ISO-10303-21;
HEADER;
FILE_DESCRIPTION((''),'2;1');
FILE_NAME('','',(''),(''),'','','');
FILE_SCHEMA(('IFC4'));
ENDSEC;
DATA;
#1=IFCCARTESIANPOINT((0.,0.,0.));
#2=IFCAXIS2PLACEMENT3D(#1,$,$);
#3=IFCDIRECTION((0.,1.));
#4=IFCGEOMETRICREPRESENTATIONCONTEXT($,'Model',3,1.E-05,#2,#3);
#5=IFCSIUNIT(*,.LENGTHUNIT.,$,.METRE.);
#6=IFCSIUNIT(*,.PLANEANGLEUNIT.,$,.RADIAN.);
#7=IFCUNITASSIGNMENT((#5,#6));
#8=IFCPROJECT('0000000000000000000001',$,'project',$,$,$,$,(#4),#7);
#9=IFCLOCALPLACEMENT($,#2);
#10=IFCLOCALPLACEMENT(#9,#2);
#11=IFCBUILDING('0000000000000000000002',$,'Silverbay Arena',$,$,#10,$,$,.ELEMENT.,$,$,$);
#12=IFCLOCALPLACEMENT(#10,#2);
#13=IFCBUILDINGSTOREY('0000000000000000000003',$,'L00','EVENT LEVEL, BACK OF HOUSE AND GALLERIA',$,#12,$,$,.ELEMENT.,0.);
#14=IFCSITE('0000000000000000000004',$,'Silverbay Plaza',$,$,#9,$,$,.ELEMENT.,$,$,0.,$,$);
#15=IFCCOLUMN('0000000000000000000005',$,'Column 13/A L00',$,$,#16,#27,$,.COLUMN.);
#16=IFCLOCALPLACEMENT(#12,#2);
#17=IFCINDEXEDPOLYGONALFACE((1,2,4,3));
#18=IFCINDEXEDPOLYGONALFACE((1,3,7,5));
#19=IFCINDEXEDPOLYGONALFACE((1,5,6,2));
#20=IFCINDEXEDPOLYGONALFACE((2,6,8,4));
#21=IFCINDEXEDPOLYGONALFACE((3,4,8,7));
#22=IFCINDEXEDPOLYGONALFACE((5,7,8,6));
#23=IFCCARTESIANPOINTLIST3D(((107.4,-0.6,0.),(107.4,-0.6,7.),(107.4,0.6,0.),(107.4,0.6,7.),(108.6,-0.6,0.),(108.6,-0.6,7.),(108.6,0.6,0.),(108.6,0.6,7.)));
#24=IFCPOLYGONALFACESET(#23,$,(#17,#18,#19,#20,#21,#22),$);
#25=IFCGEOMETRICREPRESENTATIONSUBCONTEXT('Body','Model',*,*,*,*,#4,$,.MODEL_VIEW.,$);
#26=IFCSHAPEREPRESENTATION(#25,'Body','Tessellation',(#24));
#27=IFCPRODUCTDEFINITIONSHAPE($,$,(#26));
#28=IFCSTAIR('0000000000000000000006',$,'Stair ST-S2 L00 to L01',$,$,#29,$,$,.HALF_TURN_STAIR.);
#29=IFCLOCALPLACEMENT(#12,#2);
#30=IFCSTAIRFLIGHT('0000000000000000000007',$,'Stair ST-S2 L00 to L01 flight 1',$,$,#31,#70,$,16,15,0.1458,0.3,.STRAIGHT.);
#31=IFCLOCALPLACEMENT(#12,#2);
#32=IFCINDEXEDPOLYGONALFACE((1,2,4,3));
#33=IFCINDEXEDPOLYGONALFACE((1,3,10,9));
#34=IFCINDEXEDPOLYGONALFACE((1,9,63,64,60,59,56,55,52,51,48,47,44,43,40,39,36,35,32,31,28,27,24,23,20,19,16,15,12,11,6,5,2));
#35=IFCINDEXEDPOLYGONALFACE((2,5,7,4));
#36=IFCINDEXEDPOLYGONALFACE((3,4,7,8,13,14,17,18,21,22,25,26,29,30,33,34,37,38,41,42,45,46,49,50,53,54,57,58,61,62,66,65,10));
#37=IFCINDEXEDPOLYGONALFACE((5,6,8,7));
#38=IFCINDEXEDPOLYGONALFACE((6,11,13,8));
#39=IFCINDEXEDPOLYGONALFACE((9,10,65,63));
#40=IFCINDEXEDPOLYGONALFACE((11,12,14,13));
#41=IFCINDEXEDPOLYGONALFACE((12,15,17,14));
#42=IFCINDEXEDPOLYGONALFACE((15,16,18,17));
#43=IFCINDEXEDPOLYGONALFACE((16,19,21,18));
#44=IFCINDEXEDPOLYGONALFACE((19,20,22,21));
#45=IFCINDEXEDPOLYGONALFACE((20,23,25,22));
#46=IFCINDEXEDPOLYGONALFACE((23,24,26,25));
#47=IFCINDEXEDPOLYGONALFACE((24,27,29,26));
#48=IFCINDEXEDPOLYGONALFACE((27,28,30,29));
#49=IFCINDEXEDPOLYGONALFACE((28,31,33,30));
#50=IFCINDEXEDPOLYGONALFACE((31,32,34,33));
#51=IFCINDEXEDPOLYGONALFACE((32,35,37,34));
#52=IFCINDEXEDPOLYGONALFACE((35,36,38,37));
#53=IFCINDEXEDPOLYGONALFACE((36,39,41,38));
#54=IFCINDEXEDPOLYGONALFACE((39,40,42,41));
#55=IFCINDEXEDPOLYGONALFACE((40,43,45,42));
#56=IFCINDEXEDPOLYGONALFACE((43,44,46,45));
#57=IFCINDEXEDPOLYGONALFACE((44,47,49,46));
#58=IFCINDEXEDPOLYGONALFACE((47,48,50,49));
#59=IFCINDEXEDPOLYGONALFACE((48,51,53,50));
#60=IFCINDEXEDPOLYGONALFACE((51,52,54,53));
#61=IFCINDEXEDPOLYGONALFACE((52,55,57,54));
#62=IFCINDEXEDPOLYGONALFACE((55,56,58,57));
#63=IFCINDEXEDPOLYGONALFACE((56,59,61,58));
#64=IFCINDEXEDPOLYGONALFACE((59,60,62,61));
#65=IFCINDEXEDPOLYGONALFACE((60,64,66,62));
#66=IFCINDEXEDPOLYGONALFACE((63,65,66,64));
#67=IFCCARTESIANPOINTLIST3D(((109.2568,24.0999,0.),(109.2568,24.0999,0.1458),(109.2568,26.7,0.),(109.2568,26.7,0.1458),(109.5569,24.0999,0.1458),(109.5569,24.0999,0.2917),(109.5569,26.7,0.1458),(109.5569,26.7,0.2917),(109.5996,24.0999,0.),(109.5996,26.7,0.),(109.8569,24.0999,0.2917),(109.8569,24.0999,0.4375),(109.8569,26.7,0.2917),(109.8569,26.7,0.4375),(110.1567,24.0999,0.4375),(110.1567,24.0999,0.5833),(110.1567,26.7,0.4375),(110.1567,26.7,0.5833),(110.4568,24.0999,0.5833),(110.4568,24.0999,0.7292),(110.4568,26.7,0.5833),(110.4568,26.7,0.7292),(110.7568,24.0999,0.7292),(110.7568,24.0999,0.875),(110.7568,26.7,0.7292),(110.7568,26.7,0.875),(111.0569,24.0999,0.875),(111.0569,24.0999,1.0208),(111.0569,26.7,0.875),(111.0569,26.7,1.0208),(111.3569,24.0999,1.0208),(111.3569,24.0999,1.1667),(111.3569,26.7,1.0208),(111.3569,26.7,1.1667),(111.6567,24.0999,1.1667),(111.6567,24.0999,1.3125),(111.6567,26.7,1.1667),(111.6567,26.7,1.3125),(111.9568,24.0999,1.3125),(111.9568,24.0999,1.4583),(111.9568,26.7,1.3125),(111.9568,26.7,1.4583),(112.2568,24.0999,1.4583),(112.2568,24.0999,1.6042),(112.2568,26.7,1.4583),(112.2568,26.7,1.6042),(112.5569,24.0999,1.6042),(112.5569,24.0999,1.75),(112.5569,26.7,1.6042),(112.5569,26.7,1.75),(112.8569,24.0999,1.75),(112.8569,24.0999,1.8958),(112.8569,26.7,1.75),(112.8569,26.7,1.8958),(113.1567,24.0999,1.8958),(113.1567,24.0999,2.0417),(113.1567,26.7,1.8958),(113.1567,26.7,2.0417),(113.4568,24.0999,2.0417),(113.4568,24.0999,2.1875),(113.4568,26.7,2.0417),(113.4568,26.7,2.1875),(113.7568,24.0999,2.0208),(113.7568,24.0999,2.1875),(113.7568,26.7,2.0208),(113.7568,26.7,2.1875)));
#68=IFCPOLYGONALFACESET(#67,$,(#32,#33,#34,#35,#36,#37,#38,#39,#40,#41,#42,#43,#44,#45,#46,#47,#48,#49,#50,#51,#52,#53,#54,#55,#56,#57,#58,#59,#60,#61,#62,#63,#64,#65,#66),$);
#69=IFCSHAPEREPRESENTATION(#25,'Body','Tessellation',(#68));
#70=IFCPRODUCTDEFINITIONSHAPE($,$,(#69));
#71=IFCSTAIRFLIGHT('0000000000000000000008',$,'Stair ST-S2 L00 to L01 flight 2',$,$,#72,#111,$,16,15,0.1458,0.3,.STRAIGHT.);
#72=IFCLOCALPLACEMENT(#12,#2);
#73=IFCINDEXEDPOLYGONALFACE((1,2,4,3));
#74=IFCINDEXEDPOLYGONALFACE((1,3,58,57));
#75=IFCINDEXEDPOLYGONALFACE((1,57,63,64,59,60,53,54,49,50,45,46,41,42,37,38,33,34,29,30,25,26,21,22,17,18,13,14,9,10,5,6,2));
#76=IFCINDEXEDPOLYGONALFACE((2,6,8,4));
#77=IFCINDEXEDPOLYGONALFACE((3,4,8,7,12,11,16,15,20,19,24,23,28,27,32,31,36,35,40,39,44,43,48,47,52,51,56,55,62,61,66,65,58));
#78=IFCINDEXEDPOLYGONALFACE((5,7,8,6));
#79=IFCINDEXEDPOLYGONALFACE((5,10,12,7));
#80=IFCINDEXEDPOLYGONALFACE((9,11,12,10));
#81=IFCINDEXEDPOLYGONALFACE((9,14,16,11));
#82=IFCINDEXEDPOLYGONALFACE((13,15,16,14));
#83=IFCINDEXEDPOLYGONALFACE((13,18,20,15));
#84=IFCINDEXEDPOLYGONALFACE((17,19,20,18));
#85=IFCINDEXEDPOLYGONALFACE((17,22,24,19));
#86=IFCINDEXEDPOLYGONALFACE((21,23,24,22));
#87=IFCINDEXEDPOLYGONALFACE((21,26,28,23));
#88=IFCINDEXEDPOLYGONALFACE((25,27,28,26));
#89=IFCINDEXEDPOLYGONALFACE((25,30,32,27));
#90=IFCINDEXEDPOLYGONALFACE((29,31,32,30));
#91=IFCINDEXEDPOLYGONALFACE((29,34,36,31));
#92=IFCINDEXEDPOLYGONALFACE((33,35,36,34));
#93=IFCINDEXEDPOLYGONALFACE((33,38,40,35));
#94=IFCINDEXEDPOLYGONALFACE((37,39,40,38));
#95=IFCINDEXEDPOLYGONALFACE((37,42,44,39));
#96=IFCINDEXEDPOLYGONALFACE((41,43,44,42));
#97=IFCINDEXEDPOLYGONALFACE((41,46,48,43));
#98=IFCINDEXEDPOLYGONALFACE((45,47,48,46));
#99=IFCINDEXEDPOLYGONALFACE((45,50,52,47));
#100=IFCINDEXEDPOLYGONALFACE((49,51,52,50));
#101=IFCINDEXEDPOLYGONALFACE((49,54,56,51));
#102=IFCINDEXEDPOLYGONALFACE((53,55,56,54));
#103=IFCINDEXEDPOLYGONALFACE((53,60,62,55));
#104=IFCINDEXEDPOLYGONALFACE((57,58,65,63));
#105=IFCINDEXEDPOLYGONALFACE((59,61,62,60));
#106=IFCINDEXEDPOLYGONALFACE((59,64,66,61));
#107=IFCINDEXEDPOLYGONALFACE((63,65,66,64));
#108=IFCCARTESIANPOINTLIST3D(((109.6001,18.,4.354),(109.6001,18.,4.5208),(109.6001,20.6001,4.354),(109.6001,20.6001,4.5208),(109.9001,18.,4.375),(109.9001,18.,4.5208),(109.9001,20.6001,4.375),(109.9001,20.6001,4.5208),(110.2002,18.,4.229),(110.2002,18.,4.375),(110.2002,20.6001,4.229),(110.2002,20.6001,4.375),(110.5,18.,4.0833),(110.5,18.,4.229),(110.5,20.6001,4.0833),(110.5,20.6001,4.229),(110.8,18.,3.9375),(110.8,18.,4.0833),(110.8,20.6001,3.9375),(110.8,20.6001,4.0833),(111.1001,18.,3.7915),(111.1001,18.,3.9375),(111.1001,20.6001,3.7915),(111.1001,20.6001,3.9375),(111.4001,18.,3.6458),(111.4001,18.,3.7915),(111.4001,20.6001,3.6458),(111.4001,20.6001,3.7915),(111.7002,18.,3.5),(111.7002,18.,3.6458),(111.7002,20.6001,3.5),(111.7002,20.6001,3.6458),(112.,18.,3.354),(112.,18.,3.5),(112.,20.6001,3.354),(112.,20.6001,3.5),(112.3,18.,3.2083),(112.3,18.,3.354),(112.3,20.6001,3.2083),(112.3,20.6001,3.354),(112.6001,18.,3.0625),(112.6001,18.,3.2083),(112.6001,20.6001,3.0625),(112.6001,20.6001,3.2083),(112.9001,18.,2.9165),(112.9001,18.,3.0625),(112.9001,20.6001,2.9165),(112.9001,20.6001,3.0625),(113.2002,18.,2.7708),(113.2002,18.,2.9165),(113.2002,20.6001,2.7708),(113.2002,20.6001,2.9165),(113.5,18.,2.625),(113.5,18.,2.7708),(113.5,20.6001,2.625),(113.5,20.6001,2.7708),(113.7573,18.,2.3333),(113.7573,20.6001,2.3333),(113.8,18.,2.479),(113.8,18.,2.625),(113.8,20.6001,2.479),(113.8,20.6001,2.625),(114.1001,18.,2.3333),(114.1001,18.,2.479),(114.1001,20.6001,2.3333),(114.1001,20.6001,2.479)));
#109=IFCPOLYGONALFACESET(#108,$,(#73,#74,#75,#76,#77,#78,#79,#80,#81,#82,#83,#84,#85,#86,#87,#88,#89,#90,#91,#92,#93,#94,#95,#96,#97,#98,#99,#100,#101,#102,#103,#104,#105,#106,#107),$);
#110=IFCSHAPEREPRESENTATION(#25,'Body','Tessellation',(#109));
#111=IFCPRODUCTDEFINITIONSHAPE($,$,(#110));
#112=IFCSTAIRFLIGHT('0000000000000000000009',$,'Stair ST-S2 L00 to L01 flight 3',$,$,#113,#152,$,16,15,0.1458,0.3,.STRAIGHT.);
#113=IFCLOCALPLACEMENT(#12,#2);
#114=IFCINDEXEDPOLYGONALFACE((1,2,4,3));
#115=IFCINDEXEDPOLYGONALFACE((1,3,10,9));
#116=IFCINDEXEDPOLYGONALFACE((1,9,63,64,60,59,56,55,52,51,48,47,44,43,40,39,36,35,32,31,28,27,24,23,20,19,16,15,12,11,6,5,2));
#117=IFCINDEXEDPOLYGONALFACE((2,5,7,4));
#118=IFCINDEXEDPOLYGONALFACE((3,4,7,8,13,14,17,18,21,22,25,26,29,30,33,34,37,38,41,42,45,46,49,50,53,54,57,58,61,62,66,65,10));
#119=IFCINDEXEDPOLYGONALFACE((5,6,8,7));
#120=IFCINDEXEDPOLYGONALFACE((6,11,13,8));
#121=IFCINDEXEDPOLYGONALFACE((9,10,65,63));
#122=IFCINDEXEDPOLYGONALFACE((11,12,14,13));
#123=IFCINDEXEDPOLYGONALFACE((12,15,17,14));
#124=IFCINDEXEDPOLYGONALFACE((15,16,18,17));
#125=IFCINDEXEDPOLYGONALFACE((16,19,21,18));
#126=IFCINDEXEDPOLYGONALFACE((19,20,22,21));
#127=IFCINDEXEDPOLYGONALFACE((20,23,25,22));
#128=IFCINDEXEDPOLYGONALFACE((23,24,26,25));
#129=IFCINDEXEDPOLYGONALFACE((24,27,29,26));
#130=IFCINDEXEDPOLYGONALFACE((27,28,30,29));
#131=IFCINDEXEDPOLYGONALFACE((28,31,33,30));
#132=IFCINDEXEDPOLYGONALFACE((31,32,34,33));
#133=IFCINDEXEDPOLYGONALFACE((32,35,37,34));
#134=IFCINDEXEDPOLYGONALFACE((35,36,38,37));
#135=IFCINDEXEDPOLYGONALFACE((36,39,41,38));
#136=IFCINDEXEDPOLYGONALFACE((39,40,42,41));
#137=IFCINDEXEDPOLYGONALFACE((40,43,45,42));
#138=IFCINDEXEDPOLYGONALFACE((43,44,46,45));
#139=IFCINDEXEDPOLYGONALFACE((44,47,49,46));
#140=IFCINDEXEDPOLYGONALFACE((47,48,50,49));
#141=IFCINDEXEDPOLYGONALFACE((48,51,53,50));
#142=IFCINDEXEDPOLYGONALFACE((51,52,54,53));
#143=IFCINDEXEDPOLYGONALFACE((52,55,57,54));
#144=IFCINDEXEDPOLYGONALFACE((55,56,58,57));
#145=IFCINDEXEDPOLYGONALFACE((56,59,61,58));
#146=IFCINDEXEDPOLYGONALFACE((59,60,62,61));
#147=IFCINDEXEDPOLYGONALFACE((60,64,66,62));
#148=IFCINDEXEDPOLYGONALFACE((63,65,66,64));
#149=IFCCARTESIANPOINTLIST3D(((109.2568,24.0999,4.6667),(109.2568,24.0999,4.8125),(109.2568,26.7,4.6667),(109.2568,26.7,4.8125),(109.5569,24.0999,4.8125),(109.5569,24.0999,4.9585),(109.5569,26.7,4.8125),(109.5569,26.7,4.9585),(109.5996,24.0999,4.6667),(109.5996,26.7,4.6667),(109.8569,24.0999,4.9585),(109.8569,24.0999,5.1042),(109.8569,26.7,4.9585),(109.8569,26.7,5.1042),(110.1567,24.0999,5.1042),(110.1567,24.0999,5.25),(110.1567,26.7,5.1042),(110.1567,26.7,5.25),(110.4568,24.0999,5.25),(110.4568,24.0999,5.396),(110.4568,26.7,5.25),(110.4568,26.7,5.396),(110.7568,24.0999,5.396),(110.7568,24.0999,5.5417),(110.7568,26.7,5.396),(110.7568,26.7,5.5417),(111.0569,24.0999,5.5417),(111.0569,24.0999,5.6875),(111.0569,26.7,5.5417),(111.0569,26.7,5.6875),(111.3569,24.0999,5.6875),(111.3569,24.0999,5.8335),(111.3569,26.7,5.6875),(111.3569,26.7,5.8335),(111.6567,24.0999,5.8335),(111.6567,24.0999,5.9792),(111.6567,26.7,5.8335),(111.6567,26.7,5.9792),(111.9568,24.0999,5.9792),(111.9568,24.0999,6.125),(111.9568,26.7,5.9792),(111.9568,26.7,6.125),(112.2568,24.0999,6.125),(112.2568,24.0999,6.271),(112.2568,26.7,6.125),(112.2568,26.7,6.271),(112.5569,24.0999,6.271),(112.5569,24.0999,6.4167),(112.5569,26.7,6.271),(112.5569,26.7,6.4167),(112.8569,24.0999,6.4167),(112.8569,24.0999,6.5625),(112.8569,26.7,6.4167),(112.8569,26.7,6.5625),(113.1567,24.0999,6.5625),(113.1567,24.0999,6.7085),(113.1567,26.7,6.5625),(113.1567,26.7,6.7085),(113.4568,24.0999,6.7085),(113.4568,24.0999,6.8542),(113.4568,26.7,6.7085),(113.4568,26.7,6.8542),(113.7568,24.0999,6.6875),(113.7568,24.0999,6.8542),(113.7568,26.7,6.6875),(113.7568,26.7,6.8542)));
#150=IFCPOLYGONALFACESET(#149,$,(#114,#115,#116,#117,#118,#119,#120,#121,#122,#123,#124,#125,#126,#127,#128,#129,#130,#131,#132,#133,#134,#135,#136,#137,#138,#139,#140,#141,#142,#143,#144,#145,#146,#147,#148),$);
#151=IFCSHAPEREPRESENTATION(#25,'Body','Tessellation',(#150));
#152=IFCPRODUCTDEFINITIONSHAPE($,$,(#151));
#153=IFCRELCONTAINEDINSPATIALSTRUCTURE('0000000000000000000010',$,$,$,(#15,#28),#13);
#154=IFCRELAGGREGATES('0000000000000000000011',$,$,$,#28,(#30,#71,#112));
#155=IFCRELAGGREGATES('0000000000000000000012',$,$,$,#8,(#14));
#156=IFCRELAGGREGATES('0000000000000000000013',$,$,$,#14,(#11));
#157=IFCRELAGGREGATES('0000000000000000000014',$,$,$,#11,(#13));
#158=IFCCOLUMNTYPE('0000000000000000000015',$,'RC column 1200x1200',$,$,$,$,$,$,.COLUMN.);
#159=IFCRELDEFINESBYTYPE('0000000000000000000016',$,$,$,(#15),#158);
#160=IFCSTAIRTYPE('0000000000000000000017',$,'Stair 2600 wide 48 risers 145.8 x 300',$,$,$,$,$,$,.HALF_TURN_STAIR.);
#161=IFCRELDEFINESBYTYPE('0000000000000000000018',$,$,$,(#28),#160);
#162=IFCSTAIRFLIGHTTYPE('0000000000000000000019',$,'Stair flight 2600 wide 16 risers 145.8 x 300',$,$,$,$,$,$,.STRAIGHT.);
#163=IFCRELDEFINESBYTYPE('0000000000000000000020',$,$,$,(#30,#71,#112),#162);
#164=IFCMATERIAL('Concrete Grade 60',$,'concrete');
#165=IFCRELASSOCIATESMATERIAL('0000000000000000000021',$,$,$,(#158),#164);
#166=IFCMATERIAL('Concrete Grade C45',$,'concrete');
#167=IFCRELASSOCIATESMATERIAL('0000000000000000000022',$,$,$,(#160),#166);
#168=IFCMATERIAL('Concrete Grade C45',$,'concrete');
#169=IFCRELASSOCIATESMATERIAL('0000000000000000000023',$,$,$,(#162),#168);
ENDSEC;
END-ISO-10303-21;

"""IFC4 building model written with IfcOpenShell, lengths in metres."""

from ifc_helpers import new_model, si_unit, direction, frame, origin, origin_2d, place, context, subcontext, project, spatial, polyline, rectangle, outline, extrude, material, material_profile, profile_set, type_object, element, aggregate, save


model = new_model("IFC4")

# Units and contexts
model_context = context("Model", 3, precision=1e-05, world=origin(), true_north=direction((0.0, 1.0)))
body_context = subcontext(model_context, "Body", "Model", "MODEL_VIEW")
ifc_project = project(units=[si_unit("LENGTHUNIT", "METRE"), si_unit("PLANEANGLEUNIT", "RADIAN")], contexts=[model_context])

# Site, building, storey
site_placement = place(None, origin())
site = spatial("IfcSite", under=ifc_project, at=site_placement, Name="Silverbay Plaza", CompositionType="ELEMENT", RefElevation=0.0)
building_placement = place(site_placement, origin())
building = spatial("IfcBuilding", under=site, at=building_placement, Name="Silverbay Arena", CompositionType="ELEMENT")
storey_placement = place(building_placement, origin())
storey = spatial("IfcBuildingStorey", under=building, at=storey_placement, Name="L00", Description="EVENT LEVEL, BACK OF HOUSE AND GALLERIA", CompositionType="ELEMENT", Elevation=0.0)

# Column
ifc_material_1 = material(Name="Concrete Grade 60", Category="concrete")
ifc_material_profile = material_profile(ifc_material_1, rectangle(XDim=1.2, YDim=1.2, at=origin_2d()), Name="RC 1200x1200")
ifc_profile_set = profile_set([ifc_material_profile], Name="Concrete Grade 60")
column_type = type_object("IfcColumnType", Name="RC column 1200x1200", PredefinedType="COLUMN", material=ifc_profile_set)
column_placement = place(storey_placement, frame((108.0, 0.0, 0.0), z_axis=(0.0, 0.0, 1.0), x_axis=(1.0, 0.0, 0.0)))
element("IfcColumn", 1, at=column_placement, inside=storey, type_object=column_type, Name="Column 13/A L00", PredefinedType="COLUMN", context=body_context, shape_type="SweptSolid", body=[
    extrude(rectangle(XDim=1.2, YDim=1.2, at=origin_2d()), origin(), (0.0, 0.0, 1.0), 7.0),
])

# Stair, stair flights
ifc_material_2 = material(Name="Concrete Grade C45", Category="concrete")
stair_type = type_object("IfcStairType", Name="Stair 2600 wide 48 risers 145.8 x 300", PredefinedType="HALF_TURN_STAIR", material=ifc_material_2)
stair_placement = place(storey_placement, origin())
stair = element("IfcStair", 2, at=stair_placement, inside=storey, type_object=stair_type, Name="Stair ST-S2 L00 to L01", PredefinedType="HALF_TURN_STAIR")
ifc_material_3 = material(Name="Concrete Grade C45", Category="concrete")
stair_flight_type = type_object("IfcStairFlightType", Name="Stair flight 2600 wide 16 risers 145.8 x 300", PredefinedType="STRAIGHT", material=ifc_material_3)
stair_flight_1_placement = place(storey_placement, frame((109.2568, 25.3999, 0.0), z_axis=(0.0, 0.0, 1.0), x_axis=(1.0, 0.0, 0.0)))
stair_flight_1 = element("IfcStairFlight", 3, at=stair_flight_1_placement, type_object=stair_flight_type, Name="Stair ST-S2 L00 to L01 flight 1", NumberOfRisers=16, NumberOfTreads=15, PredefinedType="STRAIGHT", RiserHeight=0.1458, TreadLength=0.3, context=body_context, shape_type="SweptSolid", body=[
    extrude(outline(polyline([(0.0, 0.0), (0.0, 0.1458), (0.3, 0.1458), (0.3, 0.2917), (0.6001, 0.2917), (0.6001, 0.4375), (0.8999, 0.4375), (0.8999, 0.5833), (1.2, 0.5833), (1.2, 0.7292), (1.5, 0.7292), (1.5, 0.875), (1.8, 0.875), (1.8, 1.0208), (2.1001, 1.0208), (2.1001, 1.1667), (2.3999, 1.1667), (2.3999, 1.3125), (2.7, 1.3125), (2.7, 1.4583), (3.0, 1.4583), (3.0, 1.6042), (3.3, 1.6042), (3.3, 1.75), (3.6001, 1.75), (3.6001, 1.8958), (3.8999, 1.8958), (3.8999, 2.0417), (4.2, 2.0417), (4.2, 2.1875), (4.5, 2.1875), (4.5, 2.0208), (0.3428, 0.0), (0.0, 0.0)])), frame((0.0, 1.3, 0.0), z_axis=(0.0, -1.0, 0.0), x_axis=(1.0, 0.0, 0.0)), (0.0, 0.0, 1.0), 2.6001),
])
stair_flight_2_placement = place(storey_placement, frame((114.1001, 19.3, 2.3333), z_axis=(0.0, 0.0, 1.0), x_axis=(-1.0, 0.0, 0.0)))
stair_flight_2 = element("IfcStairFlight", 4, at=stair_flight_2_placement, type_object=stair_flight_type, Name="Stair ST-S2 L00 to L01 flight 2", NumberOfRisers=16, NumberOfTreads=15, PredefinedType="STRAIGHT", RiserHeight=0.1458, TreadLength=0.3, context=body_context, shape_type="SweptSolid", body=[
    extrude(outline(polyline([(0.0, 0.0), (0.0, 0.1458), (0.3, 0.1458), (0.3, 0.2917), (0.6001, 0.2917), (0.6001, 0.4375), (0.8999, 0.4375), (0.8999, 0.5833), (1.2, 0.5833), (1.2, 0.7292), (1.5, 0.7292), (1.5, 0.875), (1.8, 0.875), (1.8, 1.0208), (2.1001, 1.0208), (2.1001, 1.1667), (2.3999, 1.1667), (2.3999, 1.3125), (2.7, 1.3125), (2.7, 1.4583), (3.0, 1.4583), (3.0, 1.6042), (3.3, 1.6042), (3.3, 1.75), (3.6001, 1.75), (3.6001, 1.8958), (3.8999, 1.8958), (3.8999, 2.0417), (4.2, 2.0417), (4.2, 2.1875), (4.5, 2.1875), (4.5, 2.0208), (0.3428, 0.0), (0.0, 0.0)])), frame((0.0, 1.3, 0.0), z_axis=(0.0, -1.0, 0.0), x_axis=(1.0, 0.0, 0.0)), (0.0, 0.0, 1.0), 2.6001),
])
stair_flight_3_placement = place(storey_placement, frame((109.2568, 25.3999, 4.6667), z_axis=(0.0, 0.0, 1.0), x_axis=(1.0, 0.0, 0.0)))
stair_flight_3 = element("IfcStairFlight", 5, at=stair_flight_3_placement, type_object=stair_flight_type, Name="Stair ST-S2 L00 to L01 flight 3", NumberOfRisers=16, NumberOfTreads=15, PredefinedType="STRAIGHT", RiserHeight=0.1458, TreadLength=0.3, context=body_context, shape_type="SweptSolid", body=[
    extrude(outline(polyline([(0.0, 0.0), (0.0, 0.1458), (0.3, 0.1458), (0.3, 0.2917), (0.6001, 0.2917), (0.6001, 0.4375), (0.8999, 0.4375), (0.8999, 0.5833), (1.2, 0.5833), (1.2, 0.7292), (1.5, 0.7292), (1.5, 0.875), (1.8, 0.875), (1.8, 1.0208), (2.1001, 1.0208), (2.1001, 1.1667), (2.3999, 1.1667), (2.3999, 1.3125), (2.7, 1.3125), (2.7, 1.4583), (3.0, 1.4583), (3.0, 1.6042), (3.3, 1.6042), (3.3, 1.75), (3.6001, 1.75), (3.6001, 1.8958), (3.8999, 1.8958), (3.8999, 2.0417), (4.2, 2.0417), (4.2, 2.1875), (4.5, 2.1875), (4.5, 2.0208), (0.3428, 0.0), (0.0, 0.0)])), frame((0.0, 1.3, 0.0), z_axis=(0.0, -1.0, 0.0), x_axis=(1.0, 0.0, 0.0)), (0.0, 0.0, 1.0), 2.6001),
])
aggregate(stair, [stair_flight_1, stair_flight_2, stair_flight_3])

save(model, "model.ifc")
